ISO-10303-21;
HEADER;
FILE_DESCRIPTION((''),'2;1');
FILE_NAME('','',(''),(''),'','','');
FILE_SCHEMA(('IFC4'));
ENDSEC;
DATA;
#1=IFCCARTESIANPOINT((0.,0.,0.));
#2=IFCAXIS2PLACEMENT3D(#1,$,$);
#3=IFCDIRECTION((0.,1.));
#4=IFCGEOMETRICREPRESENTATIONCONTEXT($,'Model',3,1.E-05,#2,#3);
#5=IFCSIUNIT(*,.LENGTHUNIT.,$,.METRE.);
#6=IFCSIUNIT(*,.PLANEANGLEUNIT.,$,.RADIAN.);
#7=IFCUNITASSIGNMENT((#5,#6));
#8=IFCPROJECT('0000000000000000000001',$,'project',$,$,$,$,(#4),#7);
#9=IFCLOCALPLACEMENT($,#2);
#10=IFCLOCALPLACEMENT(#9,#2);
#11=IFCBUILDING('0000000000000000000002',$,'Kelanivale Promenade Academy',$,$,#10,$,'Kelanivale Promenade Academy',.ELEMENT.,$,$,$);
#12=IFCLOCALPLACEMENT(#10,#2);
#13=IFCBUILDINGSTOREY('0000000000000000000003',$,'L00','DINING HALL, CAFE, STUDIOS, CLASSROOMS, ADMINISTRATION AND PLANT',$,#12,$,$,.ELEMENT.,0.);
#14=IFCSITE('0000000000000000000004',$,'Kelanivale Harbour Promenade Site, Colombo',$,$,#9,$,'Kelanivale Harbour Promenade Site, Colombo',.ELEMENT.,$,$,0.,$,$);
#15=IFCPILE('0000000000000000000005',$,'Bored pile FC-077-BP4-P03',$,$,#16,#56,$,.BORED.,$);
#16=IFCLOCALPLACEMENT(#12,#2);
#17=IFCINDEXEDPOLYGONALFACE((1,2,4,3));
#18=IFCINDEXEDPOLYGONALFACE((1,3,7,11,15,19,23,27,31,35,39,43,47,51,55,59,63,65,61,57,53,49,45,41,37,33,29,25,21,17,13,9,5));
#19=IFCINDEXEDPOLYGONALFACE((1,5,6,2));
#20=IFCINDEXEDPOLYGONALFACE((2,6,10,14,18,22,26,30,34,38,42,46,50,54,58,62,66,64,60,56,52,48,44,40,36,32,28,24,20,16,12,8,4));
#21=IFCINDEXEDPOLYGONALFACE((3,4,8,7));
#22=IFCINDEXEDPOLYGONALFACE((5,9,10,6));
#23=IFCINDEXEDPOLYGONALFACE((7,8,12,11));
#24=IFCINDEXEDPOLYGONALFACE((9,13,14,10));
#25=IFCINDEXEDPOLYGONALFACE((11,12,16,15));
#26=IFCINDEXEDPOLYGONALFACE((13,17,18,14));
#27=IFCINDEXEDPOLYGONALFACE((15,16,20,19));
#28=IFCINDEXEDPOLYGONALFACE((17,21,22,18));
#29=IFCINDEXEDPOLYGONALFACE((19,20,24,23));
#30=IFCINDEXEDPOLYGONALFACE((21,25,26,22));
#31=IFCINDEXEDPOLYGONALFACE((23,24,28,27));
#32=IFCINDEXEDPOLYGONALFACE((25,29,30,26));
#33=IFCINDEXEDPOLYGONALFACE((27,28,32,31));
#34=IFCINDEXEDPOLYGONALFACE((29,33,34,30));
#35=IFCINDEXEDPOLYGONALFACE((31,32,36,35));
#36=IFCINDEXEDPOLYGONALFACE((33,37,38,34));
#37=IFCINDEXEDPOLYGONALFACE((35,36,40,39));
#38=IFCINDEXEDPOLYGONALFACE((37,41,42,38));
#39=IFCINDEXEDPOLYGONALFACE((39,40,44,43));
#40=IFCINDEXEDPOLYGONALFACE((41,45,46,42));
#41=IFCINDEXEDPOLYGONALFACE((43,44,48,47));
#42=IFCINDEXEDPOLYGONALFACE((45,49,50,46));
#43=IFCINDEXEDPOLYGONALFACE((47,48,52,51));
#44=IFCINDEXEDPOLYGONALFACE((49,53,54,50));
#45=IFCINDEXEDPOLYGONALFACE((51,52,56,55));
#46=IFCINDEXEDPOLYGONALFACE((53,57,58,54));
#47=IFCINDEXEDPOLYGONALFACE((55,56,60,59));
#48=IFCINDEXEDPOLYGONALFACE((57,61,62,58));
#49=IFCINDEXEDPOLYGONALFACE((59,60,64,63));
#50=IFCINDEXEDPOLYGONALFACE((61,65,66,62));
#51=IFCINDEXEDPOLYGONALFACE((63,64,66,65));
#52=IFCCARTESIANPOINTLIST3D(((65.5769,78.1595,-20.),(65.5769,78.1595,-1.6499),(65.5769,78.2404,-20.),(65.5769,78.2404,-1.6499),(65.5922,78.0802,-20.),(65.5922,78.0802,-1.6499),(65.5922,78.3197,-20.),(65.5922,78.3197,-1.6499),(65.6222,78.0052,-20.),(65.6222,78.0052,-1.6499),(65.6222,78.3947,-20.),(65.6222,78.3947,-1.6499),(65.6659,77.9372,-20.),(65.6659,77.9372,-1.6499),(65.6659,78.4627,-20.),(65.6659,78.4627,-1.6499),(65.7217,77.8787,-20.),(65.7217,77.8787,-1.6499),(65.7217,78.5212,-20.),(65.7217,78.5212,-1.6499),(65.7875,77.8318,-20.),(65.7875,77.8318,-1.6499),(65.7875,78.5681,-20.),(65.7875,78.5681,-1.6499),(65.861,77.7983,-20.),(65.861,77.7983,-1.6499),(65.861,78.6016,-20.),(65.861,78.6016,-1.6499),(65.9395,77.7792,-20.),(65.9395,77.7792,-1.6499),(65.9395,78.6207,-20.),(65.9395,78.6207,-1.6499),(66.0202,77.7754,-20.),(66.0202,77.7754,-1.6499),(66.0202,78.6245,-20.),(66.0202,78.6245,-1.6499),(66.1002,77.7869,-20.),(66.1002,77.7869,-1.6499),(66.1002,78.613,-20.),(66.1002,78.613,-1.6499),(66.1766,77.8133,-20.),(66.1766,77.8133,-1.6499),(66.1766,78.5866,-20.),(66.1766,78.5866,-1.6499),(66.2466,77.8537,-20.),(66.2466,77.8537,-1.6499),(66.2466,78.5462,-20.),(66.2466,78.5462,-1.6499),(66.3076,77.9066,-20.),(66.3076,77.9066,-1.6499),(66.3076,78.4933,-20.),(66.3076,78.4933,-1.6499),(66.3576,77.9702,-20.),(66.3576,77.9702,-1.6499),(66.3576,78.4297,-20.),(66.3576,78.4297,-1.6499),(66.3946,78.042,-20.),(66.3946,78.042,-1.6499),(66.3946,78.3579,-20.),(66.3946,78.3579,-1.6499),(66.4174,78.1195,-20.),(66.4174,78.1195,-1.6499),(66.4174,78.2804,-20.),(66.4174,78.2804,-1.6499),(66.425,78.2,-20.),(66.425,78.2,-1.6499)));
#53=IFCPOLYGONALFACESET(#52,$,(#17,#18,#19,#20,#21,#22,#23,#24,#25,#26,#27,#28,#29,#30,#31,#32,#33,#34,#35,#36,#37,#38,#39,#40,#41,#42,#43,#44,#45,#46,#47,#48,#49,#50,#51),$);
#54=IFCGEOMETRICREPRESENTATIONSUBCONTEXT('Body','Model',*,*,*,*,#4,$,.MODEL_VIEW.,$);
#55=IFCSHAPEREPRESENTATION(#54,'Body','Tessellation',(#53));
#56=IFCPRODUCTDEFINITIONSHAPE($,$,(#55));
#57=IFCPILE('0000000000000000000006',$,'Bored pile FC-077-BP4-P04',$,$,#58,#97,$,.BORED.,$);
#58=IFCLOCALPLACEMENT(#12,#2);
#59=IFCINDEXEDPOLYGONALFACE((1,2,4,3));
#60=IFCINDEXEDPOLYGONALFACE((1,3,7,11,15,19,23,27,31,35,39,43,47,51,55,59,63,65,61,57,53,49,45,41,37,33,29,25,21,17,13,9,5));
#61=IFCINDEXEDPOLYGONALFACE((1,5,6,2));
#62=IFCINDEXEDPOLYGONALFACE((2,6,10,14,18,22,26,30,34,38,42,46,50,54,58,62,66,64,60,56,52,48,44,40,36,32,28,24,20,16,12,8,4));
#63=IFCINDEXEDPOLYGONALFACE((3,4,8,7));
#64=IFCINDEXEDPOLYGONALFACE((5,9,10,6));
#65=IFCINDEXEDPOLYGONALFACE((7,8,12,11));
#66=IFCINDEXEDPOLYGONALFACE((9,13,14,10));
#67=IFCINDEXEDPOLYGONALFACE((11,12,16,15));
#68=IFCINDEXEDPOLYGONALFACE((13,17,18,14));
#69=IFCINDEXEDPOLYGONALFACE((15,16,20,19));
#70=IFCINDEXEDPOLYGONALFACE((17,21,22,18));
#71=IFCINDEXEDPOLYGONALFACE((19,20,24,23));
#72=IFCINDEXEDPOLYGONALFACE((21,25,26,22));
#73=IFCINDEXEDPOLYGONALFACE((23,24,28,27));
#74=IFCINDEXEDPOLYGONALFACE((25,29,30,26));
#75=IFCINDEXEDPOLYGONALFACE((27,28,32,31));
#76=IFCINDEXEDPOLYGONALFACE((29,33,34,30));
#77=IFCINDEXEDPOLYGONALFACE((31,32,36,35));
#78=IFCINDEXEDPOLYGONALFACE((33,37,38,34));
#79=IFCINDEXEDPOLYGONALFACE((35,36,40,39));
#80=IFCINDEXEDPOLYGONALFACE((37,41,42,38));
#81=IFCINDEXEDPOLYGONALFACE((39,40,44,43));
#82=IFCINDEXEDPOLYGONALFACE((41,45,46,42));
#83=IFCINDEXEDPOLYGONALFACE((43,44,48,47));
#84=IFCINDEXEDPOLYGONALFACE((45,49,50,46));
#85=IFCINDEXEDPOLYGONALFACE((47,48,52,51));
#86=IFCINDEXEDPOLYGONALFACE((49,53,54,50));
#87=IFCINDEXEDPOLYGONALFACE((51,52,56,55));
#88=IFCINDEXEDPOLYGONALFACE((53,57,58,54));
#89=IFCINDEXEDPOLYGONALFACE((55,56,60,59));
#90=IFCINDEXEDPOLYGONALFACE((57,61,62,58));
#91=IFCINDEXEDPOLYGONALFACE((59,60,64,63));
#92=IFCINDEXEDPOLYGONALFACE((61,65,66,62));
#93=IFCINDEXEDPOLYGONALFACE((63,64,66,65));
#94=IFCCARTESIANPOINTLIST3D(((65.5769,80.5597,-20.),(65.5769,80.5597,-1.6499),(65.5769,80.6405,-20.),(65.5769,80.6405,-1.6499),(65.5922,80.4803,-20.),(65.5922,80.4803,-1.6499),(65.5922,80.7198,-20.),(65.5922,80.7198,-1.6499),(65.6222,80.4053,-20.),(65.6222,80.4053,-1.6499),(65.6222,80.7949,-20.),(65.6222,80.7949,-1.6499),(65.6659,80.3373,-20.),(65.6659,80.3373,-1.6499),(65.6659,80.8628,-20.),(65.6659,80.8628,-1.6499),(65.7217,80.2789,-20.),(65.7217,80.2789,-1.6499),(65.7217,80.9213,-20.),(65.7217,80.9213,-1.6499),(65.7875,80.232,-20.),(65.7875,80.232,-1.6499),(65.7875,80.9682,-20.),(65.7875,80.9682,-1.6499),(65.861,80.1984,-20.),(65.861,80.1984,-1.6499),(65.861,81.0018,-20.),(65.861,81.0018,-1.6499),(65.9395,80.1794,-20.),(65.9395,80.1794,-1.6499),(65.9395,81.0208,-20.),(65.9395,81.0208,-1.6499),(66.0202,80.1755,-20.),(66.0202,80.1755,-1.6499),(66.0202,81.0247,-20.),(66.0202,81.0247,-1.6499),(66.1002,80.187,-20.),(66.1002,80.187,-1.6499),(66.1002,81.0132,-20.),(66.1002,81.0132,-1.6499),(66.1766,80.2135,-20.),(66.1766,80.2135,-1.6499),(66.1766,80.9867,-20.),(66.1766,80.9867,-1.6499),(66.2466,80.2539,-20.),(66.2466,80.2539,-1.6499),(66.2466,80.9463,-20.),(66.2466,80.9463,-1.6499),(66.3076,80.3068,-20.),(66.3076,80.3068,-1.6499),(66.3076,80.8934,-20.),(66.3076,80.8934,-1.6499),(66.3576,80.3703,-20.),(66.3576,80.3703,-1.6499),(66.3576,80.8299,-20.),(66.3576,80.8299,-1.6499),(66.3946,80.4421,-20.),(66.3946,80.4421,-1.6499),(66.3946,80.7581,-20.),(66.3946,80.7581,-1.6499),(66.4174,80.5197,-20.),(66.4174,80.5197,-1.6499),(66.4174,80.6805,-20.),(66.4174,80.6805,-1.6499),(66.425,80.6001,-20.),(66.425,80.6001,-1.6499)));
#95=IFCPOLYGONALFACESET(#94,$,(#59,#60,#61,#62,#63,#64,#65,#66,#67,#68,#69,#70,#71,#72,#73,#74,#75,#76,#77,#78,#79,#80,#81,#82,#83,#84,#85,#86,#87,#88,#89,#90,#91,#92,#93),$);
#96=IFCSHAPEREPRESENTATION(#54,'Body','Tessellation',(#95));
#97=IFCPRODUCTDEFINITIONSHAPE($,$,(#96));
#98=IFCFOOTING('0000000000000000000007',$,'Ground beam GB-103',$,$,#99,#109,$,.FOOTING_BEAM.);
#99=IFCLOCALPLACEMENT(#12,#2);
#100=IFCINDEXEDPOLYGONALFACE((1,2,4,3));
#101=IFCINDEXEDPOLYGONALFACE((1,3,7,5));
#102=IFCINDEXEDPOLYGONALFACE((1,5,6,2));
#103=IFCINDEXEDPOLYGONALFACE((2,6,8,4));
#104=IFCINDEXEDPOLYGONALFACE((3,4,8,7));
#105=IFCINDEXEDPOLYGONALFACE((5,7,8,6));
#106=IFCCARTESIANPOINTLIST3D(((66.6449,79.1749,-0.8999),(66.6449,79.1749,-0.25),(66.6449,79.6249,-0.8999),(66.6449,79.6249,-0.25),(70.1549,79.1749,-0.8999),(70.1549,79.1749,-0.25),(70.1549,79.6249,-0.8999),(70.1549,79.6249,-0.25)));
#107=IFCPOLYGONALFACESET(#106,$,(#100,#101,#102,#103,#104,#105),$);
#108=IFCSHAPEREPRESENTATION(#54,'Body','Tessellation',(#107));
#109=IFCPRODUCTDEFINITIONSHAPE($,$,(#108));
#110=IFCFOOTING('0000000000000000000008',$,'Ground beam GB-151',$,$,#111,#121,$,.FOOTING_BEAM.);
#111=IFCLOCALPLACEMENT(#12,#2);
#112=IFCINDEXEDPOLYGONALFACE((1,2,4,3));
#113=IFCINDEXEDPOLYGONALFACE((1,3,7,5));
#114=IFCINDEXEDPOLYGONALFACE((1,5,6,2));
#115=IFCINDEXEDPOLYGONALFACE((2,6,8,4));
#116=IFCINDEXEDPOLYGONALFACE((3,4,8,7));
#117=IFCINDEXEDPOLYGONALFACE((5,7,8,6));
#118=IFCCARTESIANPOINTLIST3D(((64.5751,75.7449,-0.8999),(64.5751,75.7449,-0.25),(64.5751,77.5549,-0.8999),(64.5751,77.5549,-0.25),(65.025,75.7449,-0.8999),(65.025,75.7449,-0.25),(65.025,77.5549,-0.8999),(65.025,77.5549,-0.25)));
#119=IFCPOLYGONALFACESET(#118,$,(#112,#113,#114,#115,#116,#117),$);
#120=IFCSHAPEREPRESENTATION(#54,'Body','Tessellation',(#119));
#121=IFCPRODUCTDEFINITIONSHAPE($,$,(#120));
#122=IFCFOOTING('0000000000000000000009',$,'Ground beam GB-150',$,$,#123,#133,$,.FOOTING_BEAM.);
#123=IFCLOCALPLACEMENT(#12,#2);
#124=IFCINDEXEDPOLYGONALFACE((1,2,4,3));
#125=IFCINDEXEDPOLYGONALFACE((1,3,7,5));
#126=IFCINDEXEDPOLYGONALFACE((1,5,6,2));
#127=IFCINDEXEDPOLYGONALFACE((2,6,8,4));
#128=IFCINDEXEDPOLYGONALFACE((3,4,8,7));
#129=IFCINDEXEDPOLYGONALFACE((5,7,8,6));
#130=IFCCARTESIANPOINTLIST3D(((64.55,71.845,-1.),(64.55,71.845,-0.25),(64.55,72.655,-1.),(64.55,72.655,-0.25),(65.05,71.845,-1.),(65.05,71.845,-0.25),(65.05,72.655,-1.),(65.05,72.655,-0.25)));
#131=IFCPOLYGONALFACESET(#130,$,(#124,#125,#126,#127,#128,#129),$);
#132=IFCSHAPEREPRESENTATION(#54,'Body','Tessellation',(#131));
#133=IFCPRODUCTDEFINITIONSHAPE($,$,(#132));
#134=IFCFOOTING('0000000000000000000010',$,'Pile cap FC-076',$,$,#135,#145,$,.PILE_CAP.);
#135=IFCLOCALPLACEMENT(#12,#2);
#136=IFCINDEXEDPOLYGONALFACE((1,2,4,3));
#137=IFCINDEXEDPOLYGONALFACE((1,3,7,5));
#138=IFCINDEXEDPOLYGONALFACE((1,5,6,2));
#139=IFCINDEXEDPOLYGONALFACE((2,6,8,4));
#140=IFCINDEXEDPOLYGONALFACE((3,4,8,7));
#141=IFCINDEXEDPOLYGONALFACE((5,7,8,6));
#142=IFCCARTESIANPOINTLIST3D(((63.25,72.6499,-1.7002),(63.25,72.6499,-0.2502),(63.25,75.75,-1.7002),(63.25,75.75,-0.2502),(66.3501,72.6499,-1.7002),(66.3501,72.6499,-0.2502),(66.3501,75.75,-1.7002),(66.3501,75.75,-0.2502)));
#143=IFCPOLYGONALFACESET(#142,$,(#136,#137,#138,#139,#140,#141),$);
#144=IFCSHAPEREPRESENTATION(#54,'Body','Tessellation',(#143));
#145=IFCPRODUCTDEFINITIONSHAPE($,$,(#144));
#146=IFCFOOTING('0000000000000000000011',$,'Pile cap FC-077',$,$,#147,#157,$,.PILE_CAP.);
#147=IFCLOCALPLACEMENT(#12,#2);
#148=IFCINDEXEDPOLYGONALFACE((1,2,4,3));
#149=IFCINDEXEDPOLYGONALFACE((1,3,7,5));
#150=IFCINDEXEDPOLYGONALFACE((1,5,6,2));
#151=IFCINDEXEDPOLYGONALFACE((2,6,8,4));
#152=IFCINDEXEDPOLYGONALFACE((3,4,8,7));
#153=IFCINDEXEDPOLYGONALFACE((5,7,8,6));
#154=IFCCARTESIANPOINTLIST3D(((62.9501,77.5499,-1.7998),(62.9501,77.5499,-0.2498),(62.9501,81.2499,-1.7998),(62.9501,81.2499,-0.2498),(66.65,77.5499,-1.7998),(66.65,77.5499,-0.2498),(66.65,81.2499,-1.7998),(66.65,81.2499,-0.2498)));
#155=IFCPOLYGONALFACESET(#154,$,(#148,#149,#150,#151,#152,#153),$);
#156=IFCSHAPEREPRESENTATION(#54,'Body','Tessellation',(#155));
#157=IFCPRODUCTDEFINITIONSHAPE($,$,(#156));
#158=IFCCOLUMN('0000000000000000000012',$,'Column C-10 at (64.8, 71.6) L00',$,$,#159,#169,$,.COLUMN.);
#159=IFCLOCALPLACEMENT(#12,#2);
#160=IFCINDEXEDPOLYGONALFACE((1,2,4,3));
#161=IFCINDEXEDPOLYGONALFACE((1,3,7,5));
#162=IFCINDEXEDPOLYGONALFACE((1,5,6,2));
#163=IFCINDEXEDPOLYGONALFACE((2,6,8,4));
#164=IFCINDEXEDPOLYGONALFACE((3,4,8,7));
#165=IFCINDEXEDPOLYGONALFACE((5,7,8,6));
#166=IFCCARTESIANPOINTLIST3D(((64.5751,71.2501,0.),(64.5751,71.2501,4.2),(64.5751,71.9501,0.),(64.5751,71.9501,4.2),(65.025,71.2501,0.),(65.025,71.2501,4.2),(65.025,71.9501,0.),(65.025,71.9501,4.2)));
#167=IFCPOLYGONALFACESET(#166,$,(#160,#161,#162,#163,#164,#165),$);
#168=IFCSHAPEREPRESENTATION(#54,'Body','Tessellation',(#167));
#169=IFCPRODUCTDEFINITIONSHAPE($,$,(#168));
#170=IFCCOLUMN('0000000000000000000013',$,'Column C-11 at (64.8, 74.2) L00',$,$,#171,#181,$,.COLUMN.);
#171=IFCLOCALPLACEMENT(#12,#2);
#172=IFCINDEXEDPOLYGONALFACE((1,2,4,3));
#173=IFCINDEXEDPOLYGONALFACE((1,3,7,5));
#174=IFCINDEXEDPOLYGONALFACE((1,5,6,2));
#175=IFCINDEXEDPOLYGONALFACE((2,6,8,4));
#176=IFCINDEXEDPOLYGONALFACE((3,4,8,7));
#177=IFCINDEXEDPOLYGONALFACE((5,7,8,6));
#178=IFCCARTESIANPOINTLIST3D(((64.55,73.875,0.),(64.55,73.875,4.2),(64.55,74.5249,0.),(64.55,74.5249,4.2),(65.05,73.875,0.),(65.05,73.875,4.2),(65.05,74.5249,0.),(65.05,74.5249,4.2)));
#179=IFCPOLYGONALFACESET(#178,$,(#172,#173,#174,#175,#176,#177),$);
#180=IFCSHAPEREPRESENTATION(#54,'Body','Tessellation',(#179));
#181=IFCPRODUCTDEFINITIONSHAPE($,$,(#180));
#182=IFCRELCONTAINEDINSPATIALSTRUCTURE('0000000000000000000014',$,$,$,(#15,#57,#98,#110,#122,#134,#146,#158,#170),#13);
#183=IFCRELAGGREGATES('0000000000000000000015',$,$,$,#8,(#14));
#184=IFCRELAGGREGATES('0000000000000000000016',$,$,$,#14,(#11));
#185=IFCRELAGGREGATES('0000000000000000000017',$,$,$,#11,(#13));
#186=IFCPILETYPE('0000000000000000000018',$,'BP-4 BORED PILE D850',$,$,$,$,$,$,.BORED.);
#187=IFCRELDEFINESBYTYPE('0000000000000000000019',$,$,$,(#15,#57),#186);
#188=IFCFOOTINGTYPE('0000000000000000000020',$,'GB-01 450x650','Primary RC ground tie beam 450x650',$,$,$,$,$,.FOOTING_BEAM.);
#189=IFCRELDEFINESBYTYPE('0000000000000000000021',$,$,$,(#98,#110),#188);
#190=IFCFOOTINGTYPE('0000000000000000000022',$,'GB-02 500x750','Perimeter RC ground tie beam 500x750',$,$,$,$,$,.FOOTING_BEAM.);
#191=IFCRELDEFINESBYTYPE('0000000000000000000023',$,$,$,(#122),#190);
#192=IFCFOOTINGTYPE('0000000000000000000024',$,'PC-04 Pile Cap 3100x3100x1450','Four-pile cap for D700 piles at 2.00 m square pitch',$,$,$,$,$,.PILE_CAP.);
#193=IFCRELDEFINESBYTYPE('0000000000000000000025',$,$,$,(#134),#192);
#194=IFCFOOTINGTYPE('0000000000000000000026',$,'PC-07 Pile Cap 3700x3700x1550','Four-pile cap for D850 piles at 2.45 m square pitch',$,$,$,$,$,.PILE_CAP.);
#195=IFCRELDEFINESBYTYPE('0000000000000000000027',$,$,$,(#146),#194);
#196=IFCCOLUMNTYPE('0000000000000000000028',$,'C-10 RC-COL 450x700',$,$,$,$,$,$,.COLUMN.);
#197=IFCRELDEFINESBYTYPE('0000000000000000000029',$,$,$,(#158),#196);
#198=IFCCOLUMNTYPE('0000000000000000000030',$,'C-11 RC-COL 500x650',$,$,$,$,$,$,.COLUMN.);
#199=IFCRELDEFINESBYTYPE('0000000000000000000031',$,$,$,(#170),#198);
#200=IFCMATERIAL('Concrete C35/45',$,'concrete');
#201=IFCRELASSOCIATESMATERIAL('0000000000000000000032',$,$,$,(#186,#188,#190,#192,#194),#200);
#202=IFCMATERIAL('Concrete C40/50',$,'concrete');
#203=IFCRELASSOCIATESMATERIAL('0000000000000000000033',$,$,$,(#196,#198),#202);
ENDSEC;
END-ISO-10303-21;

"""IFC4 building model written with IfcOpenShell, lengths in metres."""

from ifc_helpers import new_model, si_unit, direction, frame, origin, origin_2d, place, context, subcontext, project, spatial, rectangle, circle, extrude, material, material_profile, profile_set, type_object, element, save


model = new_model("IFC4")

# Units and contexts
model_context = context("Model", 3, precision=1e-05, world=origin(), true_north=direction((0.0, 1.0)))
body_context = subcontext(model_context, "Body", "Model", "MODEL_VIEW")
ifc_project = project(units=[si_unit("LENGTHUNIT", "METRE"), si_unit("PLANEANGLEUNIT", "RADIAN")], contexts=[model_context])

# Site, building, storey
site_placement = place(None, origin())
site = spatial("IfcSite", under=ifc_project, at=site_placement, Name="Kelanivale Harbour Promenade Site, Colombo", LongName="Kelanivale Harbour Promenade Site, Colombo", CompositionType="ELEMENT", RefElevation=0.0)
building_placement = place(site_placement, origin())
building = spatial("IfcBuilding", under=site, at=building_placement, Name="Kelanivale Promenade Academy", LongName="Kelanivale Promenade Academy", CompositionType="ELEMENT")
storey_placement = place(building_placement, origin())
storey = spatial("IfcBuildingStorey", under=building, at=storey_placement, Name="L00", Description="DINING HALL, CAFE, STUDIOS, CLASSROOMS, ADMINISTRATION AND PLANT", CompositionType="ELEMENT", Elevation=0.0)

# Piles
ifc_material_1 = material(Name="Concrete C35/45", Category="concrete")
ifc_material_profile_1 = material_profile(ifc_material_1, circle(Radius=0.425, at=origin_2d()), Name="BORED PILE D850")
ifc_profile_set_1 = profile_set([ifc_material_profile_1], Name="Concrete C35/45")
pile_type_1 = type_object("IfcPileType", Name="BP-4 BORED PILE D850", PredefinedType="BORED", material=ifc_profile_set_1)
for number, where, z_axis, x_axis, name in (
    (1, (66.0, 78.2, -1.6499), (0.0, 0.0, -1.0), (1.0, 0.0, 0.0), "Bored pile FC-077-BP4-P03"),
    (2, (66.0, 80.6001, -1.6499), (0.0, 0.0, -1.0), (1.0, 0.0, 0.0), "Bored pile FC-077-BP4-P04"),
):
    element("IfcPile", number, at=place(storey_placement, frame(where, z_axis=z_axis, x_axis=x_axis)), inside=storey, type_object=pile_type_1, Name=name, PredefinedType="BORED", context=body_context, shape_type="SweptSolid", body=[
        extrude(circle(Radius=0.425, at=origin_2d()), origin(), (0.0, 0.0, 1.0), 18.3501),
    ])

# Footings
footing_type_1 = type_object("IfcFootingType", Name="GB-01 450x650", Description="Primary RC ground tie beam 450x650", PredefinedType="FOOTING_BEAM", material=ifc_material_1)
footing_1_placement = place(storey_placement, frame((68.3999, 79.3999, -0.8999), z_axis=(0.0, 0.0, 1.0), x_axis=(1.0, 0.0, 0.0)))
element("IfcFooting", 3, at=footing_1_placement, inside=storey, type_object=footing_type_1, Name="Ground beam GB-103", PredefinedType="FOOTING_BEAM", context=body_context, shape_type="SweptSolid", body=[
    extrude(rectangle(XDim=3.51, YDim=0.45, at=origin_2d()), origin(), (0.0, 0.0, 1.0), 0.6499),
])
footing_2_placement = place(storey_placement, frame((64.8, 76.6499, -0.8999), z_axis=(0.0, 0.0, 1.0), x_axis=(0.0, 1.0, 0.0)))
element("IfcFooting", 4, at=footing_2_placement, inside=storey, type_object=footing_type_1, Name="Ground beam GB-151", PredefinedType="FOOTING_BEAM", context=body_context, shape_type="SweptSolid", body=[
    extrude(rectangle(XDim=1.8101, YDim=0.45, at=origin_2d()), origin(), (0.0, 0.0, 1.0), 0.6499),
])
footing_type_2 = type_object("IfcFootingType", Name="GB-02 500x750", Description="Perimeter RC ground tie beam 500x750", PredefinedType="FOOTING_BEAM", material=ifc_material_1)
footing_3_placement = place(storey_placement, frame((64.8, 72.25, -1.0), z_axis=(0.0, 0.0, 1.0), x_axis=(0.0, 1.0, 0.0)))
element("IfcFooting", 5, at=footing_3_placement, inside=storey, type_object=footing_type_2, Name="Ground beam GB-150", PredefinedType="FOOTING_BEAM", context=body_context, shape_type="SweptSolid", body=[
    extrude(rectangle(XDim=0.8101, YDim=0.5, at=origin_2d()), origin(), (0.0, 0.0, 1.0), 0.75),
])
footing_type_3 = type_object("IfcFootingType", Name="PC-04 Pile Cap 3100x3100x1450", Description="Four-pile cap for D700 piles at 2.00 m square pitch", PredefinedType="PILE_CAP", material=ifc_material_1)
footing_4_placement = place(storey_placement, frame((64.8, 74.2, -1.7002), z_axis=(0.0, 0.0, 1.0), x_axis=(1.0, 0.0, 0.0)))
element("IfcFooting", 6, at=footing_4_placement, inside=storey, type_object=footing_type_3, Name="Pile cap FC-076", PredefinedType="PILE_CAP", context=body_context, shape_type="SweptSolid", body=[
    extrude(rectangle(XDim=3.1001, YDim=3.1001, at=origin_2d()), origin(), (0.0, 0.0, 1.0), 1.45),
])
footing_type_4 = type_object("IfcFootingType", Name="PC-07 Pile Cap 3700x3700x1550", Description="Four-pile cap for D850 piles at 2.45 m square pitch", PredefinedType="PILE_CAP", material=ifc_material_1)
footing_5_placement = place(storey_placement, frame((64.8, 79.3999, -1.7998), z_axis=(0.0, 0.0, 1.0), x_axis=(1.0, 0.0, 0.0)))
element("IfcFooting", 7, at=footing_5_placement, inside=storey, type_object=footing_type_4, Name="Pile cap FC-077", PredefinedType="PILE_CAP", context=body_context, shape_type="SweptSolid", body=[
    extrude(rectangle(XDim=3.7, YDim=3.7, at=origin_2d()), origin(), (0.0, 0.0, 1.0), 1.55),
])

# Columns
ifc_material_2 = material(Name="Concrete C40/50", Category="concrete")
ifc_material_profile_2 = material_profile(ifc_material_2, rectangle(XDim=0.45, YDim=0.7, at=origin_2d()), Name="RC-COL 450x700")
ifc_profile_set_2 = profile_set([ifc_material_profile_2], Name="Concrete C40/50")
column_type_1 = type_object("IfcColumnType", Name="C-10 RC-COL 450x700", PredefinedType="COLUMN", material=ifc_profile_set_2)
column_1_placement = place(storey_placement, frame((64.8, 71.6001, 0.0), z_axis=(0.0, 0.0, 1.0), x_axis=(1.0, 0.0, 0.0)))
element("IfcColumn", 8, at=column_1_placement, inside=storey, type_object=column_type_1, Name="Column C-10 at (64.8, 71.6) L00", PredefinedType="COLUMN", context=body_context, shape_type="SweptSolid", body=[
    extrude(rectangle(XDim=0.45, YDim=0.7, at=origin_2d()), origin(), (0.0, 0.0, 1.0), 4.2),
])
ifc_material_profile_3 = material_profile(ifc_material_2, rectangle(XDim=0.5, YDim=0.6499, at=origin_2d()), Name="RC-COL 500x650")
ifc_profile_set_3 = profile_set([ifc_material_profile_3], Name="Concrete C40/50")
column_type_2 = type_object("IfcColumnType", Name="C-11 RC-COL 500x650", PredefinedType="COLUMN", material=ifc_profile_set_3)
column_2_placement = place(storey_placement, frame((64.8, 74.2, 0.0), z_axis=(0.0, 0.0, 1.0), x_axis=(1.0, 0.0, 0.0)))
element("IfcColumn", 9, at=column_2_placement, inside=storey, type_object=column_type_2, Name="Column C-11 at (64.8, 74.2) L00", PredefinedType="COLUMN", context=body_context, shape_type="SweptSolid", body=[
    extrude(rectangle(XDim=0.5, YDim=0.6499, at=origin_2d()), origin(), (0.0, 0.0, 1.0), 4.2),
])

save(model, "model.ifc")
